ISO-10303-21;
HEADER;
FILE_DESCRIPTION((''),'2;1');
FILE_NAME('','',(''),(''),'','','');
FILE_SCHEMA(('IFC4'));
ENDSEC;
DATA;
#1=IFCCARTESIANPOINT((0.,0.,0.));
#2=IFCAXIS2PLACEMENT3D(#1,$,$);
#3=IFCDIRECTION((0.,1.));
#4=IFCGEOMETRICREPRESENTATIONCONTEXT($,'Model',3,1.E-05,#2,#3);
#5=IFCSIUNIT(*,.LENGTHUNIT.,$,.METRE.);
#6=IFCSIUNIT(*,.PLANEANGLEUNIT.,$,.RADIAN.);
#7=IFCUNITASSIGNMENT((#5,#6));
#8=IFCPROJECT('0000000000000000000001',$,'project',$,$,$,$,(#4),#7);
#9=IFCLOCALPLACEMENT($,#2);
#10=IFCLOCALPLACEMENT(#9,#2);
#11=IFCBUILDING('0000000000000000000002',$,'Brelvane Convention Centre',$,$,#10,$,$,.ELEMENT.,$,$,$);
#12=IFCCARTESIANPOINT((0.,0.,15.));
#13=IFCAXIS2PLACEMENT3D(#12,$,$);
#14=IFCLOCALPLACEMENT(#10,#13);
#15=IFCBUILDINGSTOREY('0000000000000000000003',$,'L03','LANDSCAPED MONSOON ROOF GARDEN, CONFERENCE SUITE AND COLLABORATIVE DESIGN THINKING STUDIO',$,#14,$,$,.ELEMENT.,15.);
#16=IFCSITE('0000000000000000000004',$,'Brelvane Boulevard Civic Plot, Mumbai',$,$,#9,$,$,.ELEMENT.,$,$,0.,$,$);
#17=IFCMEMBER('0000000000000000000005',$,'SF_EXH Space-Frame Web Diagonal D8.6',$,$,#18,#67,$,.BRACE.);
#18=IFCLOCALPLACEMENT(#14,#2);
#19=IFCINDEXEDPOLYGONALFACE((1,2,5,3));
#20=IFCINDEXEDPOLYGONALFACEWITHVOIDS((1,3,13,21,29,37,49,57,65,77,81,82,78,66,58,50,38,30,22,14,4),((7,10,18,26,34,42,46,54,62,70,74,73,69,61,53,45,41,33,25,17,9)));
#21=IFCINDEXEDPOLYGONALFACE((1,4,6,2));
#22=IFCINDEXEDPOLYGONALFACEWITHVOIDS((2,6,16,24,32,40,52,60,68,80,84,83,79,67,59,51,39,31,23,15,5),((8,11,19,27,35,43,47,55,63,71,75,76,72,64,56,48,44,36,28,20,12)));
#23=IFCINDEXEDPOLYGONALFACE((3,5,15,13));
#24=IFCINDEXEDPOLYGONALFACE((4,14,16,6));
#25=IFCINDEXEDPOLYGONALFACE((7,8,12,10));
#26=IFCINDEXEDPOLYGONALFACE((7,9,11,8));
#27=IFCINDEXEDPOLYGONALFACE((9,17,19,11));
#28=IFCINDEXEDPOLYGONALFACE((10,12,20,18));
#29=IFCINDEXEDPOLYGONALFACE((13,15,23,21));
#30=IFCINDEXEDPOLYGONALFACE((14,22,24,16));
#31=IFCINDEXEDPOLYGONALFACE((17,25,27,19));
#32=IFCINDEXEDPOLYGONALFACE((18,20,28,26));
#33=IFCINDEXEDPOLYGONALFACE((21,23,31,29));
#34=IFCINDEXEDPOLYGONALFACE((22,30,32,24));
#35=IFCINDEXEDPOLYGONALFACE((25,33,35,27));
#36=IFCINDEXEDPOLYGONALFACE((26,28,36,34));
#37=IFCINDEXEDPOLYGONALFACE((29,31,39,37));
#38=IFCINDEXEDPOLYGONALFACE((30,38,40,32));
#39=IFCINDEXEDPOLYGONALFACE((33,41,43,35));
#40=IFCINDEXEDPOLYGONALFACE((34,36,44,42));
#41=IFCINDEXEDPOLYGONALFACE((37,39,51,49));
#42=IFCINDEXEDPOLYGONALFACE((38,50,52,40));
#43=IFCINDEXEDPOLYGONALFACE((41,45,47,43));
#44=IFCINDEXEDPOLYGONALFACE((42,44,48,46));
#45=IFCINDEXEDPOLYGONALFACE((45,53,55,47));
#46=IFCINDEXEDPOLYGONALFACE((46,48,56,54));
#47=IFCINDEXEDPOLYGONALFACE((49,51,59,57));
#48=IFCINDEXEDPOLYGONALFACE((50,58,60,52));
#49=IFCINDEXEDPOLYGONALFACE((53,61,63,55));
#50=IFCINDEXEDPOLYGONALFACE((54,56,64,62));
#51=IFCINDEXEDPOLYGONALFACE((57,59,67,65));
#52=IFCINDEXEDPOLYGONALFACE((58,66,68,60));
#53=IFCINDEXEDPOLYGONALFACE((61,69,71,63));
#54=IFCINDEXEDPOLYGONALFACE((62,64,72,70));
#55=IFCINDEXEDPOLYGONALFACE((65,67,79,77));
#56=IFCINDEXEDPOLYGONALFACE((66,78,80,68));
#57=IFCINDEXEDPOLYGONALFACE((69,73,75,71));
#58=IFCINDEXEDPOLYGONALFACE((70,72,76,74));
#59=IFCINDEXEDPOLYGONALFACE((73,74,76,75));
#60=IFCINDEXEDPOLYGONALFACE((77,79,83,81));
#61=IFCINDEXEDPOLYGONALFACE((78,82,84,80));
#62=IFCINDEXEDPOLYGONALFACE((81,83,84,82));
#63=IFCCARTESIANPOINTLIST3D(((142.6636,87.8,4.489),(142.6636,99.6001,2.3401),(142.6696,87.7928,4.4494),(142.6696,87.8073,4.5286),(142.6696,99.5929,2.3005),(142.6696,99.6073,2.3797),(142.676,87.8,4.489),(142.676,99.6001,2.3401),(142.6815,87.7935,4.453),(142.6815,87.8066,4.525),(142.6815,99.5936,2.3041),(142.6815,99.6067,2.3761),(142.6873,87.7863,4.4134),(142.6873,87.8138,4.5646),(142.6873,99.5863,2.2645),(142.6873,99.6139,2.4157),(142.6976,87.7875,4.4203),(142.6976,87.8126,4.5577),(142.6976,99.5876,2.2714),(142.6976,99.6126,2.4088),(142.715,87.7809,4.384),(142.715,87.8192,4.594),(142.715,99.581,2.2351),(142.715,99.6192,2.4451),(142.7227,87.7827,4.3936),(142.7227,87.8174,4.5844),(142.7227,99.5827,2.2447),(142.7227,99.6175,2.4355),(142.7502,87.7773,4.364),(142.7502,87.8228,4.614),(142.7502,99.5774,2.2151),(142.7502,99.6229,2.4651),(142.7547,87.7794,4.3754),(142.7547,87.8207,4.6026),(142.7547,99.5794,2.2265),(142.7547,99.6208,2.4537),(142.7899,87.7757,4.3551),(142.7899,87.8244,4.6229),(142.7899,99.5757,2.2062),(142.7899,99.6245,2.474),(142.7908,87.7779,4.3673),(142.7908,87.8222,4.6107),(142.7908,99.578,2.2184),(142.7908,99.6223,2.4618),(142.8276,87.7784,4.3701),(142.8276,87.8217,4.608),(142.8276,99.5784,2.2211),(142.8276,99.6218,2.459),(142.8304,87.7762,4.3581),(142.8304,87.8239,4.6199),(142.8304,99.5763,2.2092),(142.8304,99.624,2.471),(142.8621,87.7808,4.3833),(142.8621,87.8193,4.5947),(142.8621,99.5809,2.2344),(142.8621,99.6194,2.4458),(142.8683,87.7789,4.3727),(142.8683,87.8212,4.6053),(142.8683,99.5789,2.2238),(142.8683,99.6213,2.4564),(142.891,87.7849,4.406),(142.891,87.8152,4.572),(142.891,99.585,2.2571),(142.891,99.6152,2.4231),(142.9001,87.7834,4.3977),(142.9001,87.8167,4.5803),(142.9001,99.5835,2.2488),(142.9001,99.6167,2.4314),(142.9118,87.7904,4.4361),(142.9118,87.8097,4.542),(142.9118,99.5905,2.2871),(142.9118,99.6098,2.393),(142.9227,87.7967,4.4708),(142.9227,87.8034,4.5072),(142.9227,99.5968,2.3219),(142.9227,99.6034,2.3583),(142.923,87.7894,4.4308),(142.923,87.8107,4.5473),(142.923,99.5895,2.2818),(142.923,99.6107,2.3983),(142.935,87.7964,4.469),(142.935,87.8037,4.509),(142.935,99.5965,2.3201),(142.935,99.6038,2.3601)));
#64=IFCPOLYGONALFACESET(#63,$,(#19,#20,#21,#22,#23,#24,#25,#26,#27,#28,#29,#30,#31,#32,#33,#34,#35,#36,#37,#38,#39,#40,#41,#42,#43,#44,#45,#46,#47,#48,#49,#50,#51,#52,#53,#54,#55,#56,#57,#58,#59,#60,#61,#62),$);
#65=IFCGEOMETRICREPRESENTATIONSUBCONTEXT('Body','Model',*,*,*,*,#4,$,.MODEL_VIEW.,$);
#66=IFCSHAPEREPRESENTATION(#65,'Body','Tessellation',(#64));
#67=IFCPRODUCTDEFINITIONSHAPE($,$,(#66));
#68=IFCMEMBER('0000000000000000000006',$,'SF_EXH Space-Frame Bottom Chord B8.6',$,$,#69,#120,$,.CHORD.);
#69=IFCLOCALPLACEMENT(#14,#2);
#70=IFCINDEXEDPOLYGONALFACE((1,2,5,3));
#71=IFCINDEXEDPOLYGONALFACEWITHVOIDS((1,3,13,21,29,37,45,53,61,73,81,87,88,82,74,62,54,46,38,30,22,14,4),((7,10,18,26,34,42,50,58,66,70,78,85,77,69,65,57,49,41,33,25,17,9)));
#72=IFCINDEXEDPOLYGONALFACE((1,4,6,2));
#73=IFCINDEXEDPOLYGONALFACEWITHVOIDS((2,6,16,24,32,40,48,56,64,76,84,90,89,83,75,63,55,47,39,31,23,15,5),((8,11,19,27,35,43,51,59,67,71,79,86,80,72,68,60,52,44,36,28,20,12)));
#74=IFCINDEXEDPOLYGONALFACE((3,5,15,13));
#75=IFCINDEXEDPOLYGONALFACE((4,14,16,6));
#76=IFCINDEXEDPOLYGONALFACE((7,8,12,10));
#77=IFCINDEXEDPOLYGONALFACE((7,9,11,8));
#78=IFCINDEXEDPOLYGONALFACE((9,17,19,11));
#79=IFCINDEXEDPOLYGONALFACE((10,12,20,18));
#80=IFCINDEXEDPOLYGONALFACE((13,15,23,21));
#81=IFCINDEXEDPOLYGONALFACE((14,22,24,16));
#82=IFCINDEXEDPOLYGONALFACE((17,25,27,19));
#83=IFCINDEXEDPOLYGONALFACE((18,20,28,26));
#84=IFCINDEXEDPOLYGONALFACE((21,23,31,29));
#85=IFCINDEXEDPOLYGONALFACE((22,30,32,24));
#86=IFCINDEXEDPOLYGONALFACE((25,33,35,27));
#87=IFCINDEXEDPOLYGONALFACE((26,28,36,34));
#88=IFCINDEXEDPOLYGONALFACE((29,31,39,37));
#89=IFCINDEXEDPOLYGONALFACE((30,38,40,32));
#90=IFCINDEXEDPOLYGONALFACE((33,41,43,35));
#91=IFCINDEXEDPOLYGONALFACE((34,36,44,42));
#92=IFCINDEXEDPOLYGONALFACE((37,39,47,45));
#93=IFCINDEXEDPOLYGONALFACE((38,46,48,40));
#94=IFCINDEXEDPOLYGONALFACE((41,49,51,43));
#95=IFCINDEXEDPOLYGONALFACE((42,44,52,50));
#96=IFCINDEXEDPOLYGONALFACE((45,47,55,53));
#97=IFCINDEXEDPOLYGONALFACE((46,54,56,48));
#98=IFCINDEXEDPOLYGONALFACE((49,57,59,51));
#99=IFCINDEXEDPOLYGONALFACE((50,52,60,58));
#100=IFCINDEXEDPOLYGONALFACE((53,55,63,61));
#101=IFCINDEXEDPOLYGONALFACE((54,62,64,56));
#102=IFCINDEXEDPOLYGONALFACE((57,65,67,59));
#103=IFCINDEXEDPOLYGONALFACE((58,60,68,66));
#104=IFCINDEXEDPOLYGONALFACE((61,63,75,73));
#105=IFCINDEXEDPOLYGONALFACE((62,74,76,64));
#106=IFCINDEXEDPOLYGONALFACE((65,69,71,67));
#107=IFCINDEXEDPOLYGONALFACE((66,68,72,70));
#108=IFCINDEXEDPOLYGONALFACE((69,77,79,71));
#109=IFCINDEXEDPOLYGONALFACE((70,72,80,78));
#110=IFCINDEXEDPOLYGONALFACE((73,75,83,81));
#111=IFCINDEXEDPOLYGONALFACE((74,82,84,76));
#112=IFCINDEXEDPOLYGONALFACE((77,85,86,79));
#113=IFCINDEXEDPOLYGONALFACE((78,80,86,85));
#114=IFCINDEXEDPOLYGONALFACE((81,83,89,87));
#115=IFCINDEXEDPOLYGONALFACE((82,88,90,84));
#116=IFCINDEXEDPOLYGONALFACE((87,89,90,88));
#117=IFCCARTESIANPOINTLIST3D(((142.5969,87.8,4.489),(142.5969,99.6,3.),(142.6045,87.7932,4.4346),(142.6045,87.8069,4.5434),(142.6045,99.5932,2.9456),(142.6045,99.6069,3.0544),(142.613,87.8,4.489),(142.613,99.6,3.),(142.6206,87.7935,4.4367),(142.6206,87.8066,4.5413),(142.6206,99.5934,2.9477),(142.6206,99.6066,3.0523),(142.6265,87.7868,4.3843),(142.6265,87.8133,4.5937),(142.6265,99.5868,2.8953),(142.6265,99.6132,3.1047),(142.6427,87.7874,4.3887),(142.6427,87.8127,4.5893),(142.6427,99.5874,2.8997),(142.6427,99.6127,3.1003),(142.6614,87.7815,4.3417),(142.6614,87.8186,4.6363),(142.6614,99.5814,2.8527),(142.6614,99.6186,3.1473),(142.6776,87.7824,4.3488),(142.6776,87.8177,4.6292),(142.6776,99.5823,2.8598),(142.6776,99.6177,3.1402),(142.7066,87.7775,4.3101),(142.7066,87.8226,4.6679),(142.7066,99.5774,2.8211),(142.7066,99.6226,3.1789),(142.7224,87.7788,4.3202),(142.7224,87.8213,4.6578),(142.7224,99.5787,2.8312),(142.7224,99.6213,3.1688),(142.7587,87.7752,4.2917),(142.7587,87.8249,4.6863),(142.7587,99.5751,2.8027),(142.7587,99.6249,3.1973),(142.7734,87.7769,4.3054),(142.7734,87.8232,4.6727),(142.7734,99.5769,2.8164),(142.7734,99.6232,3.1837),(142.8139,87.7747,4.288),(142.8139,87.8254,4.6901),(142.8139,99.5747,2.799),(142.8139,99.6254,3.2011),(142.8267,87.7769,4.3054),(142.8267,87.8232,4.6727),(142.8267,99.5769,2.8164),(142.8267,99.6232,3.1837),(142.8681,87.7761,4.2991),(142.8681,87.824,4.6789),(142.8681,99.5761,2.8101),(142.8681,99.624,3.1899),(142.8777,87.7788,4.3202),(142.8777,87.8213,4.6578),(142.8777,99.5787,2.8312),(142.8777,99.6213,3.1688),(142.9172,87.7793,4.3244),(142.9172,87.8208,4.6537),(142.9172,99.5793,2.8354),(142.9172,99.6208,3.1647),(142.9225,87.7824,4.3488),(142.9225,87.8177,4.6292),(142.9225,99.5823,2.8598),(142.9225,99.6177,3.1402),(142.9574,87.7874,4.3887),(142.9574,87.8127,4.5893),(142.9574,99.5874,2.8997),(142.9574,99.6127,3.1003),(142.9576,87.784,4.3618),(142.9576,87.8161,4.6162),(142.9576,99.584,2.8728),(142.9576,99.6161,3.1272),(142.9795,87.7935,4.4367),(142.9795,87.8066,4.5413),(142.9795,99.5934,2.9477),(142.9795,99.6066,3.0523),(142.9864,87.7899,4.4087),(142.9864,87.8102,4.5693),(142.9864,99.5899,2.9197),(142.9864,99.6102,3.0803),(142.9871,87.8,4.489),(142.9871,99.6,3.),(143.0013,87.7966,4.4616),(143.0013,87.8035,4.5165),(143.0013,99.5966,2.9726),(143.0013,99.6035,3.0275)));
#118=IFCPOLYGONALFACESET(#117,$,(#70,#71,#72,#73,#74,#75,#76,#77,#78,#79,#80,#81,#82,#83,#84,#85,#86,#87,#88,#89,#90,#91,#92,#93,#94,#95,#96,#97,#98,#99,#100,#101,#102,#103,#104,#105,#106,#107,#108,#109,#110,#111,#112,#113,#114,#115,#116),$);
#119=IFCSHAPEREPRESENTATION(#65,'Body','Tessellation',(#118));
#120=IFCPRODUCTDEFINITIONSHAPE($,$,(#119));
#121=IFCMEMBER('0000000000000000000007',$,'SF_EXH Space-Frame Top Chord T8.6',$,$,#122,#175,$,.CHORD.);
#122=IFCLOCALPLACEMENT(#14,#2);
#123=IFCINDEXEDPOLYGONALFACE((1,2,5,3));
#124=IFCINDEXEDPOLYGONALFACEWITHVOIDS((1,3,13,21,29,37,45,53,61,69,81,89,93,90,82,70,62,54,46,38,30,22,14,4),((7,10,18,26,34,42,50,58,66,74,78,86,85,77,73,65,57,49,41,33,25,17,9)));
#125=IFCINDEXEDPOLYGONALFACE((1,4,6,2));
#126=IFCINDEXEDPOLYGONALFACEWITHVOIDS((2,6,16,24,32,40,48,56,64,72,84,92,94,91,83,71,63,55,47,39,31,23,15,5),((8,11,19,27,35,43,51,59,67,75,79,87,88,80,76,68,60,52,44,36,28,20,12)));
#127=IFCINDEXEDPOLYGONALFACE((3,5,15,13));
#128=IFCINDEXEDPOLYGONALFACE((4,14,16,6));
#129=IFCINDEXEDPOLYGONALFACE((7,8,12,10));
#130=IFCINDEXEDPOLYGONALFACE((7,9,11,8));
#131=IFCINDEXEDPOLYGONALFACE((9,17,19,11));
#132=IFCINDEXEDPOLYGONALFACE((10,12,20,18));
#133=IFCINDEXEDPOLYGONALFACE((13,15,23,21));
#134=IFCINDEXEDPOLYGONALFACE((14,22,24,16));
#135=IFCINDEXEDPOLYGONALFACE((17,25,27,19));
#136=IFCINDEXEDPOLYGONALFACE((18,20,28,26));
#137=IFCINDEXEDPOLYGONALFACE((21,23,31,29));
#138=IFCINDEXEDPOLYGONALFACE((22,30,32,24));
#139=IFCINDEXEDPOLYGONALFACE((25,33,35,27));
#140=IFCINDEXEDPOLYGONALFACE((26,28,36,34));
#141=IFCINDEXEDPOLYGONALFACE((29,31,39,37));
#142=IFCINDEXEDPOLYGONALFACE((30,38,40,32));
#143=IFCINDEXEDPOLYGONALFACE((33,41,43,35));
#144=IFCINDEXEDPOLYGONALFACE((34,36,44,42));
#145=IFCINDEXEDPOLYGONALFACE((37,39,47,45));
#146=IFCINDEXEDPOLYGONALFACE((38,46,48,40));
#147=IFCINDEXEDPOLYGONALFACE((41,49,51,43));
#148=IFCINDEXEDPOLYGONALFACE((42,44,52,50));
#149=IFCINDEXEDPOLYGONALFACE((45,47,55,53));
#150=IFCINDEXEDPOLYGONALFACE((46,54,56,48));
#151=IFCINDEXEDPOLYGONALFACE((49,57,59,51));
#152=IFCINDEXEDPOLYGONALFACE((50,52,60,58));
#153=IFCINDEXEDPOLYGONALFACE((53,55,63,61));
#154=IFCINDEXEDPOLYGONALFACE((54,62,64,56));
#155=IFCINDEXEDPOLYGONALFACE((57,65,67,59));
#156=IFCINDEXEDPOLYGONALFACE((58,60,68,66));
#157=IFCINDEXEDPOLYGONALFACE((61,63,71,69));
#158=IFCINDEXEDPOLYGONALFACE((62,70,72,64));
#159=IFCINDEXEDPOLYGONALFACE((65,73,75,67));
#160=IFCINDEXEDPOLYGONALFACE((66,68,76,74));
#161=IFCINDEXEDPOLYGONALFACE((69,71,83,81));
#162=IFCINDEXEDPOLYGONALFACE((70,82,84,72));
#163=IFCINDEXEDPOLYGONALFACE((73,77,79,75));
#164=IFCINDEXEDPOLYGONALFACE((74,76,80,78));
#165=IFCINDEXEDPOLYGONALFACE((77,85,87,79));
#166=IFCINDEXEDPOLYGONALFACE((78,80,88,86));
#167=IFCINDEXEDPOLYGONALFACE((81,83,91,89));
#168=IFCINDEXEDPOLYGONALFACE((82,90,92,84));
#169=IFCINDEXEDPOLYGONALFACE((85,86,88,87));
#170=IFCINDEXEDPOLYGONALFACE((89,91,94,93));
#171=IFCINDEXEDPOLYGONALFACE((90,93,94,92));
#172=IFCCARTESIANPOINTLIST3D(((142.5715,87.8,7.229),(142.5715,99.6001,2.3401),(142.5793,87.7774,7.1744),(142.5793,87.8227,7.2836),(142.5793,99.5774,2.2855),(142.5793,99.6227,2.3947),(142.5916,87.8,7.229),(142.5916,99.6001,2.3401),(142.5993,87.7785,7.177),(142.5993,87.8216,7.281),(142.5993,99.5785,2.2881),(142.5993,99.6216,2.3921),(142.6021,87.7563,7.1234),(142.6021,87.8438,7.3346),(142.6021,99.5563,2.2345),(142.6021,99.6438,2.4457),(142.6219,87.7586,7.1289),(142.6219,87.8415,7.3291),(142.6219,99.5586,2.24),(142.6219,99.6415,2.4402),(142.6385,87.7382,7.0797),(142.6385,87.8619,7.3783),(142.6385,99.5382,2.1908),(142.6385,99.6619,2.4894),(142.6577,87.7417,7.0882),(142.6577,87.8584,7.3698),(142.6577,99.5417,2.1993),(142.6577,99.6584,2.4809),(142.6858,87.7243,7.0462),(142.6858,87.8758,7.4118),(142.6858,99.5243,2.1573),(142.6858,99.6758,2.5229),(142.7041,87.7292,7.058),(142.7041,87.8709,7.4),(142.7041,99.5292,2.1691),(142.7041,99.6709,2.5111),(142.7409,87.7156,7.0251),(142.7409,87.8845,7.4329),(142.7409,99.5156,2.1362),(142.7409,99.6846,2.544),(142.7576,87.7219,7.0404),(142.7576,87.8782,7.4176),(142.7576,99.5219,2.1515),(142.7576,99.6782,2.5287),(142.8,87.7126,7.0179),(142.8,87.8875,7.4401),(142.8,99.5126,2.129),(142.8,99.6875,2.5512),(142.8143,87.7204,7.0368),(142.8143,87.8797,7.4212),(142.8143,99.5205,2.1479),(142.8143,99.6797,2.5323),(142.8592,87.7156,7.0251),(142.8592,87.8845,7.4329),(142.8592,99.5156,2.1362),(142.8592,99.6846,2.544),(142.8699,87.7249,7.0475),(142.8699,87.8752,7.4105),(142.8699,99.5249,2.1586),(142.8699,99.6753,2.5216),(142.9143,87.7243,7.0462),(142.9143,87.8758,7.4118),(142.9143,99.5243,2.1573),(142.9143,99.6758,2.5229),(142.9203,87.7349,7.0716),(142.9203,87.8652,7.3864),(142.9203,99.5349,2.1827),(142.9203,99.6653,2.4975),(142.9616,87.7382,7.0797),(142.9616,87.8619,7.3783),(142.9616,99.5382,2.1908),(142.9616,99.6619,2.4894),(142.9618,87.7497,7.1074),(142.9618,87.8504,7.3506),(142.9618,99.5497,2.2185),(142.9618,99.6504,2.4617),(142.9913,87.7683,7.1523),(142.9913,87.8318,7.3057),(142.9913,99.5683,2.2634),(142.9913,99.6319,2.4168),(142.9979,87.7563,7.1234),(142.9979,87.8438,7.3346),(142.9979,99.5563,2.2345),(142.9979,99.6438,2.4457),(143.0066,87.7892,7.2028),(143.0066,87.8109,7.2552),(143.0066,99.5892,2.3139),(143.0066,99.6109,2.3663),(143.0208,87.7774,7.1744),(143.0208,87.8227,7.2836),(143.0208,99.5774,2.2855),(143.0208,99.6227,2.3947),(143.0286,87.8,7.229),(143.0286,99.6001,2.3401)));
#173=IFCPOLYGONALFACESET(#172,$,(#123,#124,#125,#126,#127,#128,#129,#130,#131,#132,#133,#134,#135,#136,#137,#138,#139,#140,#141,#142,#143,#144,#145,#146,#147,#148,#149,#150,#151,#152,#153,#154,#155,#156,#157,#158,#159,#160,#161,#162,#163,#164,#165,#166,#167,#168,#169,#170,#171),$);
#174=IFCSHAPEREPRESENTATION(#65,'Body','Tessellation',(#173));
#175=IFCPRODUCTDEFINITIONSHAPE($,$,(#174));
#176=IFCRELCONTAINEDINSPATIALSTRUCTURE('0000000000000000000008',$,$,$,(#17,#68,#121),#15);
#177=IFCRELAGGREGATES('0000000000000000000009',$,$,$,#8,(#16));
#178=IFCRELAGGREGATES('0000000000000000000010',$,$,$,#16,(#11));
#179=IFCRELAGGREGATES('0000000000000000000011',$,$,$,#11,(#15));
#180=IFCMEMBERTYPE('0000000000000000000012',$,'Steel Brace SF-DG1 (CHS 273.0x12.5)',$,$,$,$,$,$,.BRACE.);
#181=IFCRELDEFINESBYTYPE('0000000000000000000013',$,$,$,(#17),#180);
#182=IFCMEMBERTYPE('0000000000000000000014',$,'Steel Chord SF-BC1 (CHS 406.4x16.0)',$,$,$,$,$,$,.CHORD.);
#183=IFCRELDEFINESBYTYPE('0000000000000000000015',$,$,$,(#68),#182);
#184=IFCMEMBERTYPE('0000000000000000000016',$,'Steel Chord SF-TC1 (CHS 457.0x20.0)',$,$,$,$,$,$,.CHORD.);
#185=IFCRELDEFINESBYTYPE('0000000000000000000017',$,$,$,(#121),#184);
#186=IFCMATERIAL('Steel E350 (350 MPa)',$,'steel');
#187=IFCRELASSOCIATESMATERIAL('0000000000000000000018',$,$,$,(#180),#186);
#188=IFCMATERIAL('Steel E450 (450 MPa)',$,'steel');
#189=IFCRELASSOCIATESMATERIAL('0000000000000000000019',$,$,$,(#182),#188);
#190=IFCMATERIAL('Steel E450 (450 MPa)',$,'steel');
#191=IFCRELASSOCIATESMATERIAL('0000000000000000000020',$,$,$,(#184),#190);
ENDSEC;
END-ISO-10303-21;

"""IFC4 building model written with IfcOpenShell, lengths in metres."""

from ifc_helpers import new_model, si_unit, direction, frame, origin, origin_2d, place, context, subcontext, project, spatial, hollow_circle, extrude, material, material_profile, profile_set, type_object, element, save


model = new_model("IFC4")

# Units and contexts
model_context = context("Model", 3, precision=1e-05, world=origin(), true_north=direction((0.0, 1.0)))
body_context = subcontext(model_context, "Body", "Model", "MODEL_VIEW")
ifc_project = project(units=[si_unit("LENGTHUNIT", "METRE"), si_unit("PLANEANGLEUNIT", "RADIAN")], contexts=[model_context])

# Site, building, storey
site_placement = place(None, origin())
site = spatial("IfcSite", under=ifc_project, at=site_placement, Name="Brelvane Boulevard Civic Plot, Mumbai", CompositionType="ELEMENT", RefElevation=0.0)
building_placement = place(site_placement, origin())
building = spatial("IfcBuilding", under=site, at=building_placement, Name="Brelvane Convention Centre", CompositionType="ELEMENT")
storey_placement = place(building_placement, frame((0.0, 0.0, 15.0)))
storey = spatial("IfcBuildingStorey", under=building, at=storey_placement, Name="L03", Description="LANDSCAPED MONSOON ROOF GARDEN, CONFERENCE SUITE AND COLLABORATIVE DESIGN THINKING STUDIO", CompositionType="ELEMENT", Elevation=15.0)

# Members
ifc_material_1 = material(Name="Steel E350 (350 MPa)", Category="steel")
ifc_material_profile_1 = material_profile(ifc_material_1, hollow_circle(Radius=0.1365, WallThickness=0.0125, at=origin_2d()), Name="CHS 273.0x12.5")
ifc_profile_set_1 = profile_set([ifc_material_profile_1], Name="Steel E350 (350 MPa)")
member_type_1 = type_object("IfcMemberType", Name="Steel Brace SF-DG1 (CHS 273.0x12.5)", PredefinedType="BRACE", material=ifc_profile_set_1)
member_1_placement = place(storey_placement, frame((142.8, 87.8, 4.489), z_axis=(0.0, 0.983819, -0.179165), x_axis=(-1.0, 0.0, 0.0)))
element("IfcMember", 1, at=member_1_placement, inside=storey, type_object=member_type_1, Name="SF_EXH Space-Frame Web Diagonal D8.6", PredefinedType="BRACE", context=body_context, shape_type="SweptSolid", body=[
    extrude(hollow_circle(Radius=0.1365, WallThickness=0.0125, at=origin_2d()), origin(), (0.0, 0.0, 1.0), 11.9941),
])
ifc_material_2 = material(Name="Steel E450 (450 MPa)", Category="steel")
ifc_material_profile_2 = material_profile(ifc_material_2, hollow_circle(Radius=0.2031, WallThickness=0.0161, at=origin_2d()), Name="CHS 406.4x16.0")
ifc_profile_set_2 = profile_set([ifc_material_profile_2], Name="Steel E450 (450 MPa)")
member_type_2 = type_object("IfcMemberType", Name="Steel Chord SF-BC1 (CHS 406.4x16.0)", PredefinedType="CHORD", material=ifc_profile_set_2)
member_2_placement = place(storey_placement, frame((142.8, 87.8, 4.489), z_axis=(0.0, 0.992132, -0.125194), x_axis=(-1.0, 0.0, 0.0)))
element("IfcMember", 2, at=member_2_placement, inside=storey, type_object=member_type_2, Name="SF_EXH Space-Frame Bottom Chord B8.6", PredefinedType="CHORD", context=body_context, shape_type="SweptSolid", body=[
    extrude(hollow_circle(Radius=0.2031, WallThickness=0.0161, at=origin_2d()), origin(), (0.0, 0.0, 1.0), 11.8936),
])
ifc_material_3 = material(Name="Steel E450 (450 MPa)", Category="steel")
ifc_material_profile_3 = material_profile(ifc_material_3, hollow_circle(Radius=0.2285, WallThickness=0.02, at=origin_2d()), Name="CHS 457.0x20.0")
ifc_profile_set_3 = profile_set([ifc_material_profile_3], Name="Steel E450 (450 MPa)")
member_type_3 = type_object("IfcMemberType", Name="Steel Chord SF-TC1 (CHS 457.0x20.0)", PredefinedType="CHORD", material=ifc_profile_set_3)
member_3_placement = place(storey_placement, frame((142.8, 87.8, 7.229), z_axis=(0.0, 0.923847, -0.382762), x_axis=(-1.0, 0.0, 0.0)))
element("IfcMember", 3, at=member_3_placement, inside=storey, type_object=member_type_3, Name="SF_EXH Space-Frame Top Chord T8.6", PredefinedType="CHORD", context=body_context, shape_type="SweptSolid", body=[
    extrude(hollow_circle(Radius=0.2285, WallThickness=0.02, at=origin_2d()), origin(), (0.0, 0.0, 1.0), 12.7727),
])

save(model, "model.ifc")
